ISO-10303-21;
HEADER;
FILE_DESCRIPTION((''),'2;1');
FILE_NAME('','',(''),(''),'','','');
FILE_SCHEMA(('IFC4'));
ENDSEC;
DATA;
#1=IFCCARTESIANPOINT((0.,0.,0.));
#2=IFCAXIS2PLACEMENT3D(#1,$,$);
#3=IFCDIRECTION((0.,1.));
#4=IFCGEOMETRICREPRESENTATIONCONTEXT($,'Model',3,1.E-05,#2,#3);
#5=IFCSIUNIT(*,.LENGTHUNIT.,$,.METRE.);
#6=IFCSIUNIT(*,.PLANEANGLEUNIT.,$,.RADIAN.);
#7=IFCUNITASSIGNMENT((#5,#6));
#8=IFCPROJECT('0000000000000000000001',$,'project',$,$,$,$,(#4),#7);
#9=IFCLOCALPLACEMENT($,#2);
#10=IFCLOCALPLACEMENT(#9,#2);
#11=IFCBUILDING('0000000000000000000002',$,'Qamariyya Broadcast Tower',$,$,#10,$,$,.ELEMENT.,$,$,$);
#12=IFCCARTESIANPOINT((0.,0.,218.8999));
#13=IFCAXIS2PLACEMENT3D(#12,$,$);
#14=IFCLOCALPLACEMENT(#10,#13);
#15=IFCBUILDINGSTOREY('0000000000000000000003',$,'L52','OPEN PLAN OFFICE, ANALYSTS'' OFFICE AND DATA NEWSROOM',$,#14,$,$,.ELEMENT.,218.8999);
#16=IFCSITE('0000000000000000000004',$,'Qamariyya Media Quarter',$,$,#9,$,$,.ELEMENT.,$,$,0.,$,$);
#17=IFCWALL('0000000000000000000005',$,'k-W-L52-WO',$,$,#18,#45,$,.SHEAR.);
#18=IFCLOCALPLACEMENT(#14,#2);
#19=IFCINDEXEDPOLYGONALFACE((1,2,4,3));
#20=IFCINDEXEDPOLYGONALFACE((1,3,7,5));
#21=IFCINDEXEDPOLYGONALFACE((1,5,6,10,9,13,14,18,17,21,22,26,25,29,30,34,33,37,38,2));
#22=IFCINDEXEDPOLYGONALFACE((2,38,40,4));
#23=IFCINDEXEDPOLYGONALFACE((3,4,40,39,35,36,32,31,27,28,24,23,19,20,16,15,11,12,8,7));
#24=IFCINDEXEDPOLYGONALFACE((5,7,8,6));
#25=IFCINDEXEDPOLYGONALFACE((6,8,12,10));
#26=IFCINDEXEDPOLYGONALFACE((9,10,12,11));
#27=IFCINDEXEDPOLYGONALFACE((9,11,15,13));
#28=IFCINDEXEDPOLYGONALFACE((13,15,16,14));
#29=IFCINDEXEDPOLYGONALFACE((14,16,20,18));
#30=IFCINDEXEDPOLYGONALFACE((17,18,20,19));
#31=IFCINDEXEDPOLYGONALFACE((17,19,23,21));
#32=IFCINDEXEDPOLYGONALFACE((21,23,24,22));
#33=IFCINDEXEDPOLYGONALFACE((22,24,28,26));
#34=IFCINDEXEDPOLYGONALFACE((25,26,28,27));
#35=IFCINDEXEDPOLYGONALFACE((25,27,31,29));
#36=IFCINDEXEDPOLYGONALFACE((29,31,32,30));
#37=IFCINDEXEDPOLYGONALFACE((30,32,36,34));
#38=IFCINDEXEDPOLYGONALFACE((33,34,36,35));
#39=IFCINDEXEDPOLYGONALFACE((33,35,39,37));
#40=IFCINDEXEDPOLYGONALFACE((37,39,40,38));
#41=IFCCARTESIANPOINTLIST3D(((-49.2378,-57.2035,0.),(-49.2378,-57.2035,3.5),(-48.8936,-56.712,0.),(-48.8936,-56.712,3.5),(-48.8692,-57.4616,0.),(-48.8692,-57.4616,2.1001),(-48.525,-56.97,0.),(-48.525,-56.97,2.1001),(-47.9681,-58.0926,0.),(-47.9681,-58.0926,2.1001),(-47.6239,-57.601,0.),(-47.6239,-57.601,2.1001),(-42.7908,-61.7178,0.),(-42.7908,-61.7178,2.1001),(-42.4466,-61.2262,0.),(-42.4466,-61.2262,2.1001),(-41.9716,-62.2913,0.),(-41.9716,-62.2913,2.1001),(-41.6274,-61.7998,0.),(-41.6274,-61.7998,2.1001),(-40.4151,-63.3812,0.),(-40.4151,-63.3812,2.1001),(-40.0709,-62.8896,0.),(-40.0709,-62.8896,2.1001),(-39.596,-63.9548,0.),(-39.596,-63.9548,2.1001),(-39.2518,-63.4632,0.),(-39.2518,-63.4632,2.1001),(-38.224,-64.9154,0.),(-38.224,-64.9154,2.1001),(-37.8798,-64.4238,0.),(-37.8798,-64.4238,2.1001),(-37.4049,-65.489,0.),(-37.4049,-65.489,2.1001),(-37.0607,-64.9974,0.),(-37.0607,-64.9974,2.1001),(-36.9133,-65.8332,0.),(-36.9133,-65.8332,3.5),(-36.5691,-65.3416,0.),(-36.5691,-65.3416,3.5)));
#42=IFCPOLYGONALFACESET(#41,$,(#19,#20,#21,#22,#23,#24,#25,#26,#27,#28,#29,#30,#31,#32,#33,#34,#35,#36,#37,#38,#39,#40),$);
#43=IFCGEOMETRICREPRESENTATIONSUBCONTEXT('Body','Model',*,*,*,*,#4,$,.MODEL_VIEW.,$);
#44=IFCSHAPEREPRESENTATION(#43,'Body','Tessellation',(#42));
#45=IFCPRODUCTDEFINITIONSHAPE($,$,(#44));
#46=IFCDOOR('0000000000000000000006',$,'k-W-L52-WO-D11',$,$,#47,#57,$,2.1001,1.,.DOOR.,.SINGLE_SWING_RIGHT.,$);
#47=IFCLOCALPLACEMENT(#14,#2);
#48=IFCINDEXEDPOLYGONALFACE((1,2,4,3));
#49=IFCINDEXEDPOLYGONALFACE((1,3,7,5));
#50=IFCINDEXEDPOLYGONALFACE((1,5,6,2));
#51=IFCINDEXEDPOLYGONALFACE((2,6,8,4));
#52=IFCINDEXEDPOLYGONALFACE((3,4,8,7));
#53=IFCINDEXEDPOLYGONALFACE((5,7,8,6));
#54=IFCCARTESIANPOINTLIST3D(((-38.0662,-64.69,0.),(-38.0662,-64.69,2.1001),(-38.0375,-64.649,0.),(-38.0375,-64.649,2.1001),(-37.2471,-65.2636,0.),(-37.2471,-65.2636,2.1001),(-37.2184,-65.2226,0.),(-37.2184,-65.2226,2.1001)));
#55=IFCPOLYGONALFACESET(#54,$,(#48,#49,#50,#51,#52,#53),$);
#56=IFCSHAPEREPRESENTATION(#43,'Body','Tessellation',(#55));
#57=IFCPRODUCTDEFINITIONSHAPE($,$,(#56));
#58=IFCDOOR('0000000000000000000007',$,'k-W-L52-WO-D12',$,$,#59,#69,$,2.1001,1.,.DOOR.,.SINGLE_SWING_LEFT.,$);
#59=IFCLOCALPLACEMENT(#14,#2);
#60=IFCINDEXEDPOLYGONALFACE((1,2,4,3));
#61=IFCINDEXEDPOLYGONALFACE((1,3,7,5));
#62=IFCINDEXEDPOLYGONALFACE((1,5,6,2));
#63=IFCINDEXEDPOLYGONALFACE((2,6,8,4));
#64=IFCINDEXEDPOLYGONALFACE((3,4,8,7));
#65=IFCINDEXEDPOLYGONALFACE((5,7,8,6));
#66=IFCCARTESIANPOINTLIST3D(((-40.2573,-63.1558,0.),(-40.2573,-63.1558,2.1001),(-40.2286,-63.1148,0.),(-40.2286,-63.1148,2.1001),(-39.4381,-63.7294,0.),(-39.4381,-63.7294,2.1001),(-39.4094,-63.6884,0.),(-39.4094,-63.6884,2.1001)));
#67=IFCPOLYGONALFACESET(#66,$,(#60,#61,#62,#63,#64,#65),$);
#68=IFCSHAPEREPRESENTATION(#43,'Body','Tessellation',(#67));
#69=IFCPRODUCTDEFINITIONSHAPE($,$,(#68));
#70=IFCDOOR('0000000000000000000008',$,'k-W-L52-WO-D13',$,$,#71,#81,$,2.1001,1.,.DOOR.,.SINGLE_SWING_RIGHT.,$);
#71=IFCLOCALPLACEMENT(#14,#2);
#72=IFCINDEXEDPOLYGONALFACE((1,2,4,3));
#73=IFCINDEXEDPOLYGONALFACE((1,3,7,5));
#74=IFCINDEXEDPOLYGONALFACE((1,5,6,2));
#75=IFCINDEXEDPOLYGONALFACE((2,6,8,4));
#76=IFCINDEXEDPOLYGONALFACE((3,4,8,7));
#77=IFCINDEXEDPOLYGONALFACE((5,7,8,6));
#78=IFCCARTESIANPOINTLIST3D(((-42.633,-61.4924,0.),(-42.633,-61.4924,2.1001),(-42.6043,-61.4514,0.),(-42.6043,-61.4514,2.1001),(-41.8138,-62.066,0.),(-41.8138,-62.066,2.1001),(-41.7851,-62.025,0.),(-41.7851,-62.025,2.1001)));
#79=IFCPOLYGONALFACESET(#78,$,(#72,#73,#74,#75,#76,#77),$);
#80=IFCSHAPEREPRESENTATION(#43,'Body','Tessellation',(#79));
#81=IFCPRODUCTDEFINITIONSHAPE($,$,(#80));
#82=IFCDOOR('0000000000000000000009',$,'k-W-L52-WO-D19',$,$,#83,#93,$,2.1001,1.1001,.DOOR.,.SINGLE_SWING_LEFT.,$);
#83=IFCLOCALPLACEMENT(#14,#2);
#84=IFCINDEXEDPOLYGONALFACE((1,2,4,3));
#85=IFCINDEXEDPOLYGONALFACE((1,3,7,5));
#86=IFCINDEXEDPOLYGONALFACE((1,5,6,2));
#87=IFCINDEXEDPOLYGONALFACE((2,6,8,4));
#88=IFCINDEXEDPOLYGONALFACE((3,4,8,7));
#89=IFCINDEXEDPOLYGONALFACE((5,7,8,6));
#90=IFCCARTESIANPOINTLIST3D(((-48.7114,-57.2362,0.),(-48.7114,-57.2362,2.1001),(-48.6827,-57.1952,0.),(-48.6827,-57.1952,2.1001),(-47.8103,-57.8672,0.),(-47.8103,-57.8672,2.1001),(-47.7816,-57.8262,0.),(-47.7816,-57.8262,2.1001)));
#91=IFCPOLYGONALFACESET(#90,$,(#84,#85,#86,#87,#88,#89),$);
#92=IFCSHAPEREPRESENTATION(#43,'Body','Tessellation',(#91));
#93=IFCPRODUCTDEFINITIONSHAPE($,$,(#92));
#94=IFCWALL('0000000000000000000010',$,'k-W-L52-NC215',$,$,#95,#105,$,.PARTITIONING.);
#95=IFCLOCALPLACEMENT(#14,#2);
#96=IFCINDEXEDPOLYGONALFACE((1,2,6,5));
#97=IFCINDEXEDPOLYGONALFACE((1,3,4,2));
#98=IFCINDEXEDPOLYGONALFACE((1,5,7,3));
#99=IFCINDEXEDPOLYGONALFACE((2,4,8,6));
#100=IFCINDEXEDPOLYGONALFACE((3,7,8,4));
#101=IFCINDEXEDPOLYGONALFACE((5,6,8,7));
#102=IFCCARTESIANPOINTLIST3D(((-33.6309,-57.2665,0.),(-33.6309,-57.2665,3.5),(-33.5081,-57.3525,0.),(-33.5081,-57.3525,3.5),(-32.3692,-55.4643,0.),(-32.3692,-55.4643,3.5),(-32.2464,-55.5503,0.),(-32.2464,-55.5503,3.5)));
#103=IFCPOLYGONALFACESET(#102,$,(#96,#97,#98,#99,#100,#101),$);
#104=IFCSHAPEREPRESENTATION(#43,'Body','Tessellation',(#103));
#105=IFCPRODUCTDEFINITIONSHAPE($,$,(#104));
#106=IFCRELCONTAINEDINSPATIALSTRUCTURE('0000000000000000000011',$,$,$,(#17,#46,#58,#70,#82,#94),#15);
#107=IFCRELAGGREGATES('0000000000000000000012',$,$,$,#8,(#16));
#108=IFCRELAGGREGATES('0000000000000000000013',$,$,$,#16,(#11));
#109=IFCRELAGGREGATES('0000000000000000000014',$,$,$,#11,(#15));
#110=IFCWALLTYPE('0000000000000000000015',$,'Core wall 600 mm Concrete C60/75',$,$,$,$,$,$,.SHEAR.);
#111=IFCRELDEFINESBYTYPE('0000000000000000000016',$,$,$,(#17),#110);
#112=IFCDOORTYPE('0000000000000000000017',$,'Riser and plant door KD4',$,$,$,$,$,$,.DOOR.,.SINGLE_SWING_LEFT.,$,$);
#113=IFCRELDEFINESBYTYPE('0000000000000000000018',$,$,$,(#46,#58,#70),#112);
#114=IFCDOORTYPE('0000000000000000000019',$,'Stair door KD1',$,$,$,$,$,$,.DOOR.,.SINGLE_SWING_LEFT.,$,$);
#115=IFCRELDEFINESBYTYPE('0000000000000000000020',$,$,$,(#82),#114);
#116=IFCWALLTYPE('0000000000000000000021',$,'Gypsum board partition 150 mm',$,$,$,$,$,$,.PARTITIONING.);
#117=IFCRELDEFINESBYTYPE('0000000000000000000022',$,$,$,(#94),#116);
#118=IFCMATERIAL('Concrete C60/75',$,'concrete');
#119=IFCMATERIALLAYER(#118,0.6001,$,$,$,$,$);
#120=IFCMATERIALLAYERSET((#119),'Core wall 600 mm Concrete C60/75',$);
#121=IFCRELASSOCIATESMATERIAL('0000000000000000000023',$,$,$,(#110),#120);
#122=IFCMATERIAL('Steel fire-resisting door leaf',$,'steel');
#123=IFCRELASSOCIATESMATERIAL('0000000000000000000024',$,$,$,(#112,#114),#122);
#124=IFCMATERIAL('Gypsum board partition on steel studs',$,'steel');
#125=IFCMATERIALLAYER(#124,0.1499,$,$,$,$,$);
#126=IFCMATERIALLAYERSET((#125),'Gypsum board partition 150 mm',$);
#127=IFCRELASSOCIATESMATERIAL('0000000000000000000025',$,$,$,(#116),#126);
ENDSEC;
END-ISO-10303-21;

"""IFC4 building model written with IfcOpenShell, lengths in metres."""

from ifc_helpers import new_model, si_unit, direction, frame, frame_2d, origin, place, context, subcontext, project, spatial, rectangle, extrude, material, layer, layer_set, type_object, element, fill, save


model = new_model("IFC4")

# Units and contexts
model_context = context("Model", 3, precision=1e-05, world=origin(), true_north=direction((0.0, 1.0)))
body_context = subcontext(model_context, "Body", "Model", "MODEL_VIEW")
ifc_project = project(units=[si_unit("LENGTHUNIT", "METRE"), si_unit("PLANEANGLEUNIT", "RADIAN")], contexts=[model_context])

# Site, building, storey
site_placement = place(None, origin())
site = spatial("IfcSite", under=ifc_project, at=site_placement, Name="Qamariyya Media Quarter", CompositionType="ELEMENT", RefElevation=0.0)
building_placement = place(site_placement, origin())
building = spatial("IfcBuilding", under=site, at=building_placement, Name="Qamariyya Broadcast Tower", CompositionType="ELEMENT")
storey_placement = place(building_placement, frame((0.0, 0.0, 218.8999)))
storey = spatial("IfcBuildingStorey", under=building, at=storey_placement, Name="L52", Description="OPEN PLAN OFFICE, ANALYSTS' OFFICE AND DATA NEWSROOM", CompositionType="ELEMENT", Elevation=218.8999)

# Wall, openings, doors
ifc_material_1 = material(Name="Concrete C60/75", Category="concrete")
ifc_layer_1 = layer(ifc_material_1, 0.6001)
ifc_layer_set_1 = layer_set([ifc_layer_1], Name="Core wall 600 mm Concrete C60/75")
wall_type_1 = type_object("IfcWallType", Name="Core wall 600 mm Concrete C60/75", PredefinedType="SHEAR", material=ifc_layer_set_1)
wall_1_placement = place(storey_placement, frame((-36.7412, -65.5874, 0.0), z_axis=(0.0, 0.0, 1.0), x_axis=(-0.819153, 0.573575, 0.0)))
wall_1 = element("IfcWall", 1, at=wall_1_placement, inside=storey, type_object=wall_type_1, Name="k-W-L52-WO", PredefinedType="SHEAR", context=body_context, shape_type="SweptSolid", body=[
    extrude(rectangle(XDim=15.0454, YDim=0.6001, at=frame_2d((7.5227, 0.0))), origin(), (0.0, 0.0, 1.0), 3.5),
])
opening_1_placement = place(wall_1_placement, frame((0.6001, 0.0, 0.0)))
opening_1 = element("IfcOpeningElement", 2, at=opening_1_placement, cuts=wall_1, PredefinedType="OPENING", context=body_context, shape_type="SweptSolid", body=[
    extrude(rectangle(XDim=1.0, YDim=2.1001, at=frame_2d((0.5, 1.05))), frame((0.0, 0.3101, 0.0), z_axis=(0.0, -1.0, 0.0), x_axis=(1.0, 0.0, 0.0)), (0.0, 0.0, 1.0), 0.6201),
])
opening_2_placement = place(wall_1_placement, frame((3.2749, 0.0, 0.0)))
opening_2 = element("IfcOpeningElement", 3, at=opening_2_placement, cuts=wall_1, PredefinedType="OPENING", context=body_context, shape_type="SweptSolid", body=[
    extrude(rectangle(XDim=1.0, YDim=2.1001, at=frame_2d((0.5, 1.05))), frame((0.0, 0.3101, 0.0), z_axis=(0.0, -1.0, 0.0), x_axis=(1.0, 0.0, 0.0)), (0.0, 0.0, 1.0), 0.6201),
])
opening_3_placement = place(wall_1_placement, frame((6.175, 0.0, 0.0)))
opening_3 = element("IfcOpeningElement", 4, at=opening_3_placement, cuts=wall_1, PredefinedType="OPENING", context=body_context, shape_type="SweptSolid", body=[
    extrude(rectangle(XDim=1.0, YDim=2.1001, at=frame_2d((0.5, 1.05))), frame((0.0, 0.3101, 0.0), z_axis=(0.0, -1.0, 0.0), x_axis=(1.0, 0.0, 0.0)), (0.0, 0.0, 1.0), 0.6201),
])
opening_4_placement = place(wall_1_placement, frame((13.4954, 0.0, 0.0)))
opening_4 = element("IfcOpeningElement", 5, at=opening_4_placement, cuts=wall_1, PredefinedType="OPENING", context=body_context, shape_type="SweptSolid", body=[
    extrude(rectangle(XDim=1.1001, YDim=2.1001, at=frame_2d((0.55, 1.05))), frame((0.0, 0.3101, 0.0), z_axis=(0.0, -1.0, 0.0), x_axis=(1.0, 0.0, 0.0)), (0.0, 0.0, 1.0), 0.6201),
])
ifc_material_2 = material(Name="Steel fire-resisting door leaf", Category="steel")
door_type_1 = type_object("IfcDoorType", Name="Riser and plant door KD4", OperationType="SINGLE_SWING_LEFT", PredefinedType="DOOR", material=ifc_material_2)
door_1_placement = place(opening_1_placement, origin())
door_1 = element("IfcDoor", 6, at=door_1_placement, inside=storey, type_object=door_type_1, Name="k-W-L52-WO-D11", OperationType="SINGLE_SWING_RIGHT", OverallHeight=2.1001, OverallWidth=1.0, PredefinedType="DOOR", context=body_context, shape_type="SweptSolid", body=[
    extrude(rectangle(XDim=1.0, YDim=2.1001, at=frame_2d((0.5, 1.05))), frame((0.0, 0.0249, 0.0), z_axis=(0.0, -1.0, 0.0), x_axis=(1.0, 0.0, 0.0)), (0.0, 0.0, 1.0), 0.05),
])
fill(opening_1, door_1)
door_2_placement = place(opening_2_placement, origin())
door_2 = element("IfcDoor", 7, at=door_2_placement, inside=storey, type_object=door_type_1, Name="k-W-L52-WO-D12", OperationType="SINGLE_SWING_LEFT", OverallHeight=2.1001, OverallWidth=1.0, PredefinedType="DOOR", context=body_context, shape_type="SweptSolid", body=[
    extrude(rectangle(XDim=1.0, YDim=2.1001, at=frame_2d((0.5, 1.05))), frame((0.0, 0.0249, 0.0), z_axis=(0.0, -1.0, 0.0), x_axis=(1.0, 0.0, 0.0)), (0.0, 0.0, 1.0), 0.05),
])
fill(opening_2, door_2)
door_3_placement = place(opening_3_placement, origin())
door_3 = element("IfcDoor", 8, at=door_3_placement, inside=storey, type_object=door_type_1, Name="k-W-L52-WO-D13", OperationType="SINGLE_SWING_RIGHT", OverallHeight=2.1001, OverallWidth=1.0, PredefinedType="DOOR", context=body_context, shape_type="SweptSolid", body=[
    extrude(rectangle(XDim=1.0, YDim=2.1001, at=frame_2d((0.5, 1.05))), frame((0.0, 0.0249, 0.0), z_axis=(0.0, -1.0, 0.0), x_axis=(1.0, 0.0, 0.0)), (0.0, 0.0, 1.0), 0.05),
])
fill(opening_3, door_3)
door_type_2 = type_object("IfcDoorType", Name="Stair door KD1", OperationType="SINGLE_SWING_LEFT", PredefinedType="DOOR", material=ifc_material_2)
door_4_placement = place(opening_4_placement, origin())
door_4 = element("IfcDoor", 9, at=door_4_placement, inside=storey, type_object=door_type_2, Name="k-W-L52-WO-D19", OperationType="SINGLE_SWING_LEFT", OverallHeight=2.1001, OverallWidth=1.1001, PredefinedType="DOOR", context=body_context, shape_type="SweptSolid", body=[
    extrude(rectangle(XDim=1.1001, YDim=2.1001, at=frame_2d((0.55, 1.05))), frame((0.0, 0.0249, 0.0), z_axis=(0.0, -1.0, 0.0), x_axis=(1.0, 0.0, 0.0)), (0.0, 0.0, 1.0), 0.05),
])
fill(opening_4, door_4)

# Wall
ifc_material_3 = material(Name="Gypsum board partition on steel studs", Category="steel")
ifc_layer_2 = layer(ifc_material_3, 0.1499)
ifc_layer_set_2 = layer_set([ifc_layer_2], Name="Gypsum board partition 150 mm")
wall_type_2 = type_object("IfcWallType", Name="Gypsum board partition 150 mm", PredefinedType="PARTITIONING", material=ifc_layer_set_2)
wall_2_placement = place(storey_placement, frame((-33.5696, -57.3096, 0.0), z_axis=(0.0, 0.0, 1.0), x_axis=(0.573507, 0.819201, 0.0)))
element("IfcWall", 10, at=wall_2_placement, inside=storey, type_object=wall_type_2, Name="k-W-L52-NC215", PredefinedType="PARTITIONING", context=body_context, shape_type="SweptSolid", body=[
    extrude(rectangle(XDim=2.2, YDim=0.1499, at=frame_2d((1.1001, 0.0))), origin(), (0.0, 0.0, 1.0), 3.5),
])

save(model, "model.ifc")
